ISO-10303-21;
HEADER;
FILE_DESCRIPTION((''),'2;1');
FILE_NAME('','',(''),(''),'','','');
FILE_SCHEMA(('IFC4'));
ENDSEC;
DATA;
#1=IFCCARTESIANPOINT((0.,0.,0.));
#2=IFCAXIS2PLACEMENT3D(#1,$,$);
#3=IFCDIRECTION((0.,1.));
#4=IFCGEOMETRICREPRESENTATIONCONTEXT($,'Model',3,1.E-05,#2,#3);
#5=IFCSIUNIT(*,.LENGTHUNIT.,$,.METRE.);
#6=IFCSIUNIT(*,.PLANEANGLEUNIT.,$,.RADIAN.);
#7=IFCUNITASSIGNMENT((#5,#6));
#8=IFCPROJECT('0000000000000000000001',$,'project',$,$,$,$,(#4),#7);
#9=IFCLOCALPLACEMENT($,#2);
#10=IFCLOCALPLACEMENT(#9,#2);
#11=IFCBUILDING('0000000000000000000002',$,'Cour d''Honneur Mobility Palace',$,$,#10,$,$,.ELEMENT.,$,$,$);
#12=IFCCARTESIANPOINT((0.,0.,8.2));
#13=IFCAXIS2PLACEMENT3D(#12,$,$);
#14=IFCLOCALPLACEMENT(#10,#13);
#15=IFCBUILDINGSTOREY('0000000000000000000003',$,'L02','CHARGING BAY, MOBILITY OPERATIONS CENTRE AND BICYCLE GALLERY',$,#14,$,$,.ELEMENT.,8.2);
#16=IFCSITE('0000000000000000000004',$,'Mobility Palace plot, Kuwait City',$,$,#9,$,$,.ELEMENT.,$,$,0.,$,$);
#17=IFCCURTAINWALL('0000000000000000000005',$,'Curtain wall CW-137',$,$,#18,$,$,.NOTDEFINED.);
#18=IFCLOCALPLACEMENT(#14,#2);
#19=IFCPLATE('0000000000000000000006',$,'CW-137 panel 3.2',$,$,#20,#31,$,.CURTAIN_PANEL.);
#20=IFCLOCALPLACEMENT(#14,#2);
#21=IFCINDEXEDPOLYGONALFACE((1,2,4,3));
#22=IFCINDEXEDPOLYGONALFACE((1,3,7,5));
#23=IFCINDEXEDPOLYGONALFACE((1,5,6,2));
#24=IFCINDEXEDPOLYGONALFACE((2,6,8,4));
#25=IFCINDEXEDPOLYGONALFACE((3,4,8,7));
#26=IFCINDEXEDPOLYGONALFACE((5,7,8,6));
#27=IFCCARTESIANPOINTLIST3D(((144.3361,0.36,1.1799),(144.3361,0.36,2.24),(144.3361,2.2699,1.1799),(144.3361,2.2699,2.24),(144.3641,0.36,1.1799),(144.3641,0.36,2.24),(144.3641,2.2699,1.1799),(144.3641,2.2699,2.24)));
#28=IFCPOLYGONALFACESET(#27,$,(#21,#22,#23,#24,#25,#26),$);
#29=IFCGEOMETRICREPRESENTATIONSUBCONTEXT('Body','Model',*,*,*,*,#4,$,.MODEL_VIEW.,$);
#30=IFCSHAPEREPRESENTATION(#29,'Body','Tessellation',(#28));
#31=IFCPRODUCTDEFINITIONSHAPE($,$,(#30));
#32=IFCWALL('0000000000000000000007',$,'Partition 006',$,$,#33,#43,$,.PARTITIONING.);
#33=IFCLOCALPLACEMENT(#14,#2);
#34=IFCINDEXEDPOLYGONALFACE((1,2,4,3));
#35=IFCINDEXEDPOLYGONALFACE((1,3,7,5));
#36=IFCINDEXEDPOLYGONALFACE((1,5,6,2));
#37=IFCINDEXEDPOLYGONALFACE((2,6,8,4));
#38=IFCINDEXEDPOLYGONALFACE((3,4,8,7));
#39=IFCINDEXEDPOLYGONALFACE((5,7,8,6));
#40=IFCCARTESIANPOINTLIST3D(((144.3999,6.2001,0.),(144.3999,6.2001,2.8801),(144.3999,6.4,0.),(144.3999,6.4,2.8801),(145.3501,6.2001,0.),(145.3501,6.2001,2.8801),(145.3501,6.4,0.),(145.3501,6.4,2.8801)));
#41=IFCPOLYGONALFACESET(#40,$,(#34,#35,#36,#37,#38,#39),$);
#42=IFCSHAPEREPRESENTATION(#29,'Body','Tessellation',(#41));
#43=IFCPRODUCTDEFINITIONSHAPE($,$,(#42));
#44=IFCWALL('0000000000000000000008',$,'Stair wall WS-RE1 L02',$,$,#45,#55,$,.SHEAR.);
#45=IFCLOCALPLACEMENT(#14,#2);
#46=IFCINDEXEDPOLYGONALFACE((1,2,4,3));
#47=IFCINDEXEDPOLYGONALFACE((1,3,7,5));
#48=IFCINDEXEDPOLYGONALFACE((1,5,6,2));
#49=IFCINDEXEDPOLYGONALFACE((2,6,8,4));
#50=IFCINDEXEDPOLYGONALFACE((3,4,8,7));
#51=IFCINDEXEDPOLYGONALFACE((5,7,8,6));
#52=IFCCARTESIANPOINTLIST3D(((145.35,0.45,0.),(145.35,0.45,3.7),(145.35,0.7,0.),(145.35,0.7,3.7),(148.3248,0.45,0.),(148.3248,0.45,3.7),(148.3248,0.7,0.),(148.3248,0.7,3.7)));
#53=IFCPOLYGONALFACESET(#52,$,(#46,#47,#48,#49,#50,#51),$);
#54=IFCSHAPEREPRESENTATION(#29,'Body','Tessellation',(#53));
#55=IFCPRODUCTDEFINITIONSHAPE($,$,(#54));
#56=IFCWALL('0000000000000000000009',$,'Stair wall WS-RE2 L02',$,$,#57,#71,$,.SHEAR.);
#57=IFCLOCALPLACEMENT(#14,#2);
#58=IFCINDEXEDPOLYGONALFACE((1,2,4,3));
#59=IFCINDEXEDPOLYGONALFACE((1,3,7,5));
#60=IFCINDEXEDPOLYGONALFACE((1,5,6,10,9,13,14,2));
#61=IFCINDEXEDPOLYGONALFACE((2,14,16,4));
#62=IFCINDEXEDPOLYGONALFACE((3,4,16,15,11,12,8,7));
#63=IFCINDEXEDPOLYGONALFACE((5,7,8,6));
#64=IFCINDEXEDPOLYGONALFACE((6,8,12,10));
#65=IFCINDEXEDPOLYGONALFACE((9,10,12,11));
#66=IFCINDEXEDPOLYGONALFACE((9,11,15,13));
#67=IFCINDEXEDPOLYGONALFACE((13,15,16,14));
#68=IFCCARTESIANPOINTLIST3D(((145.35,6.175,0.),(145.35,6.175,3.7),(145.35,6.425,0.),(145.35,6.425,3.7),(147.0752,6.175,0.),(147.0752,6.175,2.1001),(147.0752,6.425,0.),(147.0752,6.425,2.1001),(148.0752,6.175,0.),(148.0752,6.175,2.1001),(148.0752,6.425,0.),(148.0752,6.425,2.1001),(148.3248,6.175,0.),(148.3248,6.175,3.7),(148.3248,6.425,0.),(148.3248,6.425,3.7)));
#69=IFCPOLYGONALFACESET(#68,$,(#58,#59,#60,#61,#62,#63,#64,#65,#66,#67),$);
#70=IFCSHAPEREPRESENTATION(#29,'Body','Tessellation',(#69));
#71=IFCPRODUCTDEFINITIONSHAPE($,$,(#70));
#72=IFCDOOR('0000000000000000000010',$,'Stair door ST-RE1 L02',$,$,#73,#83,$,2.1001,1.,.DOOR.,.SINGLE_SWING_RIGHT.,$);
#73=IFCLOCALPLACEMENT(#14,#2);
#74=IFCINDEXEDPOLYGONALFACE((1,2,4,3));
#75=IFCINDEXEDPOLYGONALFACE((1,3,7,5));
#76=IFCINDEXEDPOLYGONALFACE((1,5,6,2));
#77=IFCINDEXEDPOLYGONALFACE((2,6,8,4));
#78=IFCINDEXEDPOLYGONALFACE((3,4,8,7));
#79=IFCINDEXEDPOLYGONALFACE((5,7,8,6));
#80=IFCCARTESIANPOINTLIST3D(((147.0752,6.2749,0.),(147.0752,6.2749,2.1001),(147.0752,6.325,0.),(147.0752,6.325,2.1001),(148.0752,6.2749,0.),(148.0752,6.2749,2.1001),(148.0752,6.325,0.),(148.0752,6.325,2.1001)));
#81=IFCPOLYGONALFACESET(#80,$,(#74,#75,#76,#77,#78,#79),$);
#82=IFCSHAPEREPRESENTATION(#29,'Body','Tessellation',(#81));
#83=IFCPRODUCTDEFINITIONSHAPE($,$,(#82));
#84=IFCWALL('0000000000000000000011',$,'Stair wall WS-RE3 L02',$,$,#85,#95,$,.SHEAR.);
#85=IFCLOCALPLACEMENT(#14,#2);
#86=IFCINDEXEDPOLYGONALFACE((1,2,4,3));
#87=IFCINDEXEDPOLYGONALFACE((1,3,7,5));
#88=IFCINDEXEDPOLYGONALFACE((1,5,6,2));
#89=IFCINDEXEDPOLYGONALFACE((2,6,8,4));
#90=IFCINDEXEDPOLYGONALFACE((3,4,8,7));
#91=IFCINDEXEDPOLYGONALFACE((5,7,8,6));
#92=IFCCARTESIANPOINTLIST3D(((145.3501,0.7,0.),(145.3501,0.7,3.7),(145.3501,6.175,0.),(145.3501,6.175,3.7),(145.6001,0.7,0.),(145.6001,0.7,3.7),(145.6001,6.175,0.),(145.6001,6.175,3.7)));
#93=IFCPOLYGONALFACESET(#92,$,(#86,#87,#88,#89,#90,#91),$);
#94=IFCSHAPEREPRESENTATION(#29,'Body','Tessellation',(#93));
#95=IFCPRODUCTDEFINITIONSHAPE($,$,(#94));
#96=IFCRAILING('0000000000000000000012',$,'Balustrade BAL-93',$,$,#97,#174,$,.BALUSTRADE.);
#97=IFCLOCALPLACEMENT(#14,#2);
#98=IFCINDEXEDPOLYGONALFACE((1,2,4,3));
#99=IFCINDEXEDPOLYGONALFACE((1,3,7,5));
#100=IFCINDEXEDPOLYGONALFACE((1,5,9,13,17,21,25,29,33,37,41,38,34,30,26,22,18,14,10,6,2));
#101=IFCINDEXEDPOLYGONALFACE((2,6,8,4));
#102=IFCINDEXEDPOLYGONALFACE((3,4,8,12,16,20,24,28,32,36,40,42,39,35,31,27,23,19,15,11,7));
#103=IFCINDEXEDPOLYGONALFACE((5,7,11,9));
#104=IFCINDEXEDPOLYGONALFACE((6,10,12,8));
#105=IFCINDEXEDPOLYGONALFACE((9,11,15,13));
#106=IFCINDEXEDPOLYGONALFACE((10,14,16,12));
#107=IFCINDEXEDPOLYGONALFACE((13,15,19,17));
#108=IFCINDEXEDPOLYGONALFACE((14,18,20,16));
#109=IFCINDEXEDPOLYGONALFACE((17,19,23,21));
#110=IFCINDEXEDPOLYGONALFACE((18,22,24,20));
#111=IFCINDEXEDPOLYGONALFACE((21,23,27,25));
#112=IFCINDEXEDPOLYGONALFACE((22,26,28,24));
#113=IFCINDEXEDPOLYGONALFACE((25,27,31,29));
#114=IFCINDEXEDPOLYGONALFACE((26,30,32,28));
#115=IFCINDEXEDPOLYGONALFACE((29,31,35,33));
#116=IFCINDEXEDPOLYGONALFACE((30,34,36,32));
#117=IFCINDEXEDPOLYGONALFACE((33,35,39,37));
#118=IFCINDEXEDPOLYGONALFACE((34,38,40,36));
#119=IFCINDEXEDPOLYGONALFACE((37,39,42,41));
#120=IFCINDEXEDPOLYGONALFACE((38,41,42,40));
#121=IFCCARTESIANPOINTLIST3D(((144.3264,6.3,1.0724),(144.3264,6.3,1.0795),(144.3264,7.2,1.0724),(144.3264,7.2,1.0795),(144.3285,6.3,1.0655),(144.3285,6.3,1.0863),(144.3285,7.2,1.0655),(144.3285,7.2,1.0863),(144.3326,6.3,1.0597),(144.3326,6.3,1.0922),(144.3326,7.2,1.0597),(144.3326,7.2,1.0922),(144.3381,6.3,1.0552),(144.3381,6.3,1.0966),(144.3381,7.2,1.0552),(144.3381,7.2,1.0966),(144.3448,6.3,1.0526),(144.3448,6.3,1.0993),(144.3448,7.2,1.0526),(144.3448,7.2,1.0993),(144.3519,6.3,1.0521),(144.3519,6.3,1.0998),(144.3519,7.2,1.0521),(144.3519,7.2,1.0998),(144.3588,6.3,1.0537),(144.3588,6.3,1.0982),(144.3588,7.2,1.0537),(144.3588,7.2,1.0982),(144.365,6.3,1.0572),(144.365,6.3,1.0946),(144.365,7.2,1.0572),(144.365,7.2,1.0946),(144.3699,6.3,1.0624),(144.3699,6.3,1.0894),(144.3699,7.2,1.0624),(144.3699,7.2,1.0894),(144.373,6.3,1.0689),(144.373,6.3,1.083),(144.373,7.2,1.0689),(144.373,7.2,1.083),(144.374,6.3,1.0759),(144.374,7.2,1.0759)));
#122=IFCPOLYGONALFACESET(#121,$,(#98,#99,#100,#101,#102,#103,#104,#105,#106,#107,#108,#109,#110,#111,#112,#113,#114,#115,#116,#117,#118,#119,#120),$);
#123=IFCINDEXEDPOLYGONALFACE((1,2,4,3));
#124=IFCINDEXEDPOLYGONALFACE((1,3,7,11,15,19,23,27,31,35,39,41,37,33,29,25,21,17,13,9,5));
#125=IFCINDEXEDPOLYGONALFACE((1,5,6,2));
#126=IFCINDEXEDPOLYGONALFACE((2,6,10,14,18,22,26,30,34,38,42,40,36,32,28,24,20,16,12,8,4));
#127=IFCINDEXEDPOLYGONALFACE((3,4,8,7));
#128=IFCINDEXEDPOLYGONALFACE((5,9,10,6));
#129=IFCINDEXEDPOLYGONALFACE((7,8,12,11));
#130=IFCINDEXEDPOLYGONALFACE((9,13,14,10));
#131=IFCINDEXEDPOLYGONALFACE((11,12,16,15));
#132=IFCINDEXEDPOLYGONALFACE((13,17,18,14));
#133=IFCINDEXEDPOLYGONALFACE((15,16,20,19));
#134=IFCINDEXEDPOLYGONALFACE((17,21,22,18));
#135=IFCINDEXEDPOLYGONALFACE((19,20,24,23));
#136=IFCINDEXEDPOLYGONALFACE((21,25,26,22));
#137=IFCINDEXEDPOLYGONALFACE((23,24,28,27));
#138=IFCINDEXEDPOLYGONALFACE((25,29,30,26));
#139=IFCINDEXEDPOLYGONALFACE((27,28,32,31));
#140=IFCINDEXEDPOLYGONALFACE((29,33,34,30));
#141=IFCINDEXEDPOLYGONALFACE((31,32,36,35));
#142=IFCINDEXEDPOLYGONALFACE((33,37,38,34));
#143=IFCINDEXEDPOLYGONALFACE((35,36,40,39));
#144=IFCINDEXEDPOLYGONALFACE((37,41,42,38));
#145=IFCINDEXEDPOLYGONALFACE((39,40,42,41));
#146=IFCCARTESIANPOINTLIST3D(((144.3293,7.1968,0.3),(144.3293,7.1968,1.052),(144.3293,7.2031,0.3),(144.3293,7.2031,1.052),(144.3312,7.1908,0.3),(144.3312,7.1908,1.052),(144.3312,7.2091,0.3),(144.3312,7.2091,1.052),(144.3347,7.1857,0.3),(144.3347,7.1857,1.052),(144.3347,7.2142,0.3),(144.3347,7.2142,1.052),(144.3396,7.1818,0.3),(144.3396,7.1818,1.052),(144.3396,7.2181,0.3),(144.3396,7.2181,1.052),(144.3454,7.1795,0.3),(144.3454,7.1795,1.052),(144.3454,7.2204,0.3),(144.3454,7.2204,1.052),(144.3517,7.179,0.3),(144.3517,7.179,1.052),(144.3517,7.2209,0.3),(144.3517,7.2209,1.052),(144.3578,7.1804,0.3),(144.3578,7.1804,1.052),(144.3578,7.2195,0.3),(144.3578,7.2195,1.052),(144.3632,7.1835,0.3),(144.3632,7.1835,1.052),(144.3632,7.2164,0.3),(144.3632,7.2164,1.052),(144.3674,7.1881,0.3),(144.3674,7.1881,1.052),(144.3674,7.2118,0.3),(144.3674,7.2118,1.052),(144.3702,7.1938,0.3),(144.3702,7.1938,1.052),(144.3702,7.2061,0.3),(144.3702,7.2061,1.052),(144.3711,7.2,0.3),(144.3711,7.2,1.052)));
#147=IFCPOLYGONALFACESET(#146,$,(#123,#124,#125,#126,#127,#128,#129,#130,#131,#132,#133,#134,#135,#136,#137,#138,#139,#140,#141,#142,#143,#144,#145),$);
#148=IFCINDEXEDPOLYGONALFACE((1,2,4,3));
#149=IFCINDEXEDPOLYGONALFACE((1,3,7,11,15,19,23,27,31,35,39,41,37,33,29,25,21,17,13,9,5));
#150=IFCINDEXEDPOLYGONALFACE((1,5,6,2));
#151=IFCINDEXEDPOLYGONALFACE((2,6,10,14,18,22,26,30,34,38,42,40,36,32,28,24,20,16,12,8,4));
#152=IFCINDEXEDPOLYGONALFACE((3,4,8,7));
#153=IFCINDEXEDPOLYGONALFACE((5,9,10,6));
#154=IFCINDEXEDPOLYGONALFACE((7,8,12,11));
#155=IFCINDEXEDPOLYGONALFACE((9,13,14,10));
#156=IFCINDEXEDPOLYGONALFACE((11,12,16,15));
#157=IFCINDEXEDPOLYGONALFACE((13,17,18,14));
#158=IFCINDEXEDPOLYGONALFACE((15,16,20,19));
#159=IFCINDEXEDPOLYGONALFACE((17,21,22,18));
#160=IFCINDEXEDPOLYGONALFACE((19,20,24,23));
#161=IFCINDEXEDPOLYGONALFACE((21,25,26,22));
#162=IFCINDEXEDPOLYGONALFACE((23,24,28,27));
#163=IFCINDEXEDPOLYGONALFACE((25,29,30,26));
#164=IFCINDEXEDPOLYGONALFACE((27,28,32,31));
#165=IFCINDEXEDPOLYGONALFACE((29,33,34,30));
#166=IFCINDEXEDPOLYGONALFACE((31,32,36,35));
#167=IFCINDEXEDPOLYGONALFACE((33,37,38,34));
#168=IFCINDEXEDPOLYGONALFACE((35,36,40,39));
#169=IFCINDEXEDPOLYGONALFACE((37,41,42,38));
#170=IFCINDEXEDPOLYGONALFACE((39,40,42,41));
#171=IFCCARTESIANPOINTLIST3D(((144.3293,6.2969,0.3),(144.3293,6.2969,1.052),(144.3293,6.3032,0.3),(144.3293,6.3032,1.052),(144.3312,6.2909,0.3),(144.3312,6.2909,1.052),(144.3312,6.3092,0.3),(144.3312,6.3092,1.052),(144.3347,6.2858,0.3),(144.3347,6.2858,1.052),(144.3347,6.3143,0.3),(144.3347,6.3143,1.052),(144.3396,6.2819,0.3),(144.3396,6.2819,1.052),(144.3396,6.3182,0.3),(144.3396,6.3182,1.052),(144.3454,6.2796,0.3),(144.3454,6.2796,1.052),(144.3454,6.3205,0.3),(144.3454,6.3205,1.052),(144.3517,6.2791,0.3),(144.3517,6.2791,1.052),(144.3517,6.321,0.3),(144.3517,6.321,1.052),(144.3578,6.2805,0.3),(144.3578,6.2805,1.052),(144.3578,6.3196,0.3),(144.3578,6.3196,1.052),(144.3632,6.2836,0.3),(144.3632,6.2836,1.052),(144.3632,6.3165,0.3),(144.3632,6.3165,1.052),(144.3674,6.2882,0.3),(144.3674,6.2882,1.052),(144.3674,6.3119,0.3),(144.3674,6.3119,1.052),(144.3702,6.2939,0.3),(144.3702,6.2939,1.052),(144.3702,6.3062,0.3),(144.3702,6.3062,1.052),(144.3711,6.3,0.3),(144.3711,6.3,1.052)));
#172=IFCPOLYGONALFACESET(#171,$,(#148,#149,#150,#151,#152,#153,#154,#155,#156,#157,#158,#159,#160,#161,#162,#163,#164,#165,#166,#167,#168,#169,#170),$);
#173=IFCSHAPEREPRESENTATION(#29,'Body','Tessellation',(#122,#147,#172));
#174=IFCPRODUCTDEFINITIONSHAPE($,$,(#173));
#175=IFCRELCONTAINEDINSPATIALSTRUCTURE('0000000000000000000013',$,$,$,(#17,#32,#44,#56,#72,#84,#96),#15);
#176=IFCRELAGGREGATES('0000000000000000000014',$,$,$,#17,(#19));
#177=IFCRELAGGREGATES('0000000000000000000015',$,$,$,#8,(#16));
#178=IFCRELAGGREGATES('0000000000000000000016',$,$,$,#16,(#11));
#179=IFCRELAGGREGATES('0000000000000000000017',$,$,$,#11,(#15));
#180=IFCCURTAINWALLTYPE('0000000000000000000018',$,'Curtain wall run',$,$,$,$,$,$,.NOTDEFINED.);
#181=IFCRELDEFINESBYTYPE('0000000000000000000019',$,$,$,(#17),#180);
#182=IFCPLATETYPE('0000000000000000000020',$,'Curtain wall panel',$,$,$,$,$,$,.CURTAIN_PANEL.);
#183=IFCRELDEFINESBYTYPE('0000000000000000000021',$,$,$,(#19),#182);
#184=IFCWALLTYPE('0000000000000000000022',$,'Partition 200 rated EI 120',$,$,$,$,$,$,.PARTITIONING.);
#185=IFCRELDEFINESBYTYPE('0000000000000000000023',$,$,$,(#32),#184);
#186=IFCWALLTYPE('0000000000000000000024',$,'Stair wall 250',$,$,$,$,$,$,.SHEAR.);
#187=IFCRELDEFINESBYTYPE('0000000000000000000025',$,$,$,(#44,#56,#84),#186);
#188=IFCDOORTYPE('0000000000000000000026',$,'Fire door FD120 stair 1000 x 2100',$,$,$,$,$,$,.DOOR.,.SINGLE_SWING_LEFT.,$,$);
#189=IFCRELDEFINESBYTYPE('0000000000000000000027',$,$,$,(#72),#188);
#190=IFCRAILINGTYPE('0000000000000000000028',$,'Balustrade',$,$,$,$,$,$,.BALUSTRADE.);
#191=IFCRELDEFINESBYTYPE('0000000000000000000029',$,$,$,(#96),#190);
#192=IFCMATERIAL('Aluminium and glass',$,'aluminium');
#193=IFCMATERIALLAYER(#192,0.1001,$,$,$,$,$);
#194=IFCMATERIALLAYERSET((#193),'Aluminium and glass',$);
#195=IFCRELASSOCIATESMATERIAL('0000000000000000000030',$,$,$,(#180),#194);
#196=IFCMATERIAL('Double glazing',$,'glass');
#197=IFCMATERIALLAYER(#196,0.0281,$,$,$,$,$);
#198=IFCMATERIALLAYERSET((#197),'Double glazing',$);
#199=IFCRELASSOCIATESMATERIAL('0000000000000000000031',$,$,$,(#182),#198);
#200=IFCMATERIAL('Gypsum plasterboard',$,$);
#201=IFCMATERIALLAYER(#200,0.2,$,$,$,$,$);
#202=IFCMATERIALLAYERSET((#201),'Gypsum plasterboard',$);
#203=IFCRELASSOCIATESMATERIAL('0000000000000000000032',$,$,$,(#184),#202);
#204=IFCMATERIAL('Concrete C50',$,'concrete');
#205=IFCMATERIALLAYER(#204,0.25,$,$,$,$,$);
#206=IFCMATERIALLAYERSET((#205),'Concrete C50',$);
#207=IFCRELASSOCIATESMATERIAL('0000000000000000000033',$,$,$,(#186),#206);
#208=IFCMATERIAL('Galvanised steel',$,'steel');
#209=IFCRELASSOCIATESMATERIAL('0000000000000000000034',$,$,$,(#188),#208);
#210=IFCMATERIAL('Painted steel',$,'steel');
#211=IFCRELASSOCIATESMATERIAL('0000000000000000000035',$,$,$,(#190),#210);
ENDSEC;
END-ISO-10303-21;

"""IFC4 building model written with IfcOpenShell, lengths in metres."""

from ifc_helpers import new_model, si_unit, direction, frame, frame_2d, origin, origin_2d, place, context, subcontext, project, spatial, rectangle, circle, extrude, material, layer, layer_set, type_object, element, fill, aggregate, save


model = new_model("IFC4")

# Units and contexts
model_context = context("Model", 3, precision=1e-05, world=origin(), true_north=direction((0.0, 1.0)))
body_context = subcontext(model_context, "Body", "Model", "MODEL_VIEW")
ifc_project = project(units=[si_unit("LENGTHUNIT", "METRE"), si_unit("PLANEANGLEUNIT", "RADIAN")], contexts=[model_context])

# Site, building, storey
site_placement = place(None, origin())
site = spatial("IfcSite", under=ifc_project, at=site_placement, Name="Mobility Palace plot, Kuwait City", CompositionType="ELEMENT", RefElevation=0.0)
building_placement = place(site_placement, origin())
building = spatial("IfcBuilding", under=site, at=building_placement, Name="Cour d'Honneur Mobility Palace", CompositionType="ELEMENT")
storey_placement = place(building_placement, frame((0.0, 0.0, 8.2)))
storey = spatial("IfcBuildingStorey", under=building, at=storey_placement, Name="L02", Description="CHARGING BAY, MOBILITY OPERATIONS CENTRE AND BICYCLE GALLERY", CompositionType="ELEMENT", Elevation=8.2)

# Curtain wall
ifc_material_1 = material(Name="Aluminium and glass", Category="aluminium")
ifc_layer_1 = layer(ifc_material_1, 0.1001)
ifc_layer_set_1 = layer_set([ifc_layer_1], Name="Aluminium and glass")
curtain_wall_type = type_object("IfcCurtainWallType", Name="Curtain wall run", PredefinedType="NOTDEFINED", material=ifc_layer_set_1)
curtain_wall_1_placement = place(storey_placement, origin())
curtain_wall_1 = element("IfcCurtainWall", 1, at=curtain_wall_1_placement, inside=storey, type_object=curtain_wall_type, Name="Curtain wall CW-137", PredefinedType="NOTDEFINED")

# Plate
ifc_material_2 = material(Name="Double glazing", Category="glass")
ifc_layer_2 = layer(ifc_material_2, 0.0281)
ifc_layer_set_2 = layer_set([ifc_layer_2], Name="Double glazing")
plate_type = type_object("IfcPlateType", Name="Curtain wall panel", PredefinedType="CURTAIN_PANEL", material=ifc_layer_set_2)
plate_1_placement = place(storey_placement, frame((144.3501, 1.3149, 1.1799), z_axis=(0.0, 0.0, 1.0), x_axis=(0.0, -1.0, 0.0)))
plate_1 = element("IfcPlate", 2, at=plate_1_placement, type_object=plate_type, Name="CW-137 panel 3.2", PredefinedType="CURTAIN_PANEL", context=body_context, shape_type="SweptSolid", body=[
    extrude(rectangle(XDim=1.9099, YDim=0.0281, at=origin_2d()), origin(), (0.0, 0.0, 1.0), 1.0601),
])
aggregate(curtain_wall_1, [plate_1])

# Walls
ifc_material_3 = material(Name="Gypsum plasterboard")
ifc_layer_3 = layer(ifc_material_3, 0.2)
ifc_layer_set_3 = layer_set([ifc_layer_3], Name="Gypsum plasterboard")
wall_type_1 = type_object("IfcWallType", Name="Partition 200 rated EI 120", PredefinedType="PARTITIONING", material=ifc_layer_set_3)
wall_1_placement = place(storey_placement, frame((144.3999, 6.3, 0.0), z_axis=(0.0, 0.0, 1.0), x_axis=(1.0, 0.0, 0.0)))
element("IfcWall", 3, at=wall_1_placement, inside=storey, type_object=wall_type_1, Name="Partition 006", PredefinedType="PARTITIONING", context=body_context, shape_type="SweptSolid", body=[
    extrude(rectangle(XDim=0.9502, YDim=0.2, at=frame_2d((0.4751, 0.0))), origin(), (0.0, 0.0, 1.0), 2.8801),
])
ifc_material_4 = material(Name="Concrete C50", Category="concrete")
ifc_layer_4 = layer(ifc_material_4, 0.25)
ifc_layer_set_4 = layer_set([ifc_layer_4], Name="Concrete C50")
wall_type_2 = type_object("IfcWallType", Name="Stair wall 250", PredefinedType="SHEAR", material=ifc_layer_set_4)
wall_2_placement = place(storey_placement, frame((145.3501, 0.575, 0.0), z_axis=(0.0, 0.0, 1.0), x_axis=(1.0, 0.0, 0.0)))
element("IfcWall", 4, at=wall_2_placement, inside=storey, type_object=wall_type_2, Name="Stair wall WS-RE1 L02", PredefinedType="SHEAR", context=body_context, shape_type="SweptSolid", body=[
    extrude(rectangle(XDim=2.9749, YDim=0.25, at=frame_2d((1.4873, 0.0))), origin(), (0.0, 0.0, 1.0), 3.7),
])

# Wall, opening, door
wall_3_placement = place(storey_placement, frame((145.3501, 6.3, 0.0), z_axis=(0.0, 0.0, 1.0), x_axis=(1.0, 0.0, 0.0)))
wall_3 = element("IfcWall", 5, at=wall_3_placement, inside=storey, type_object=wall_type_2, Name="Stair wall WS-RE2 L02", PredefinedType="SHEAR", context=body_context, shape_type="SweptSolid", body=[
    extrude(rectangle(XDim=2.9749, YDim=0.25, at=frame_2d((1.4873, 0.0))), origin(), (0.0, 0.0, 1.0), 3.7),
])
opening_placement = place(wall_3_placement, frame((1.7251, 0.0, 0.0)))
opening = element("IfcOpeningElement", 6, at=opening_placement, cuts=wall_3, PredefinedType="OPENING", context=body_context, shape_type="SweptSolid", body=[
    extrude(rectangle(XDim=1.0, YDim=2.1001, at=frame_2d((0.5, 1.05))), frame((0.0, 0.135, 0.0), z_axis=(0.0, -1.0, 0.0), x_axis=(1.0, 0.0, 0.0)), (0.0, 0.0, 1.0), 0.27),
])
ifc_material_5 = material(Name="Galvanised steel", Category="steel")
door_type = type_object("IfcDoorType", Name="Fire door FD120 stair 1000 x 2100", OperationType="SINGLE_SWING_LEFT", PredefinedType="DOOR", material=ifc_material_5)
door_placement = place(opening_placement, origin())
door = element("IfcDoor", 7, at=door_placement, inside=storey, type_object=door_type, Name="Stair door ST-RE1 L02", OperationType="SINGLE_SWING_RIGHT", OverallHeight=2.1001, OverallWidth=1.0, PredefinedType="DOOR", context=body_context, shape_type="SweptSolid", body=[
    extrude(rectangle(XDim=1.0, YDim=2.1001, at=frame_2d((0.5, 1.05))), frame((0.0, 0.0249, 0.0), z_axis=(0.0, -1.0, 0.0), x_axis=(1.0, 0.0, 0.0)), (0.0, 0.0, 1.0), 0.05),
])
fill(opening, door)

# Wall
wall_4_placement = place(storey_placement, frame((145.4751, 0.7, 0.0), z_axis=(0.0, 0.0, 1.0), x_axis=(0.0, 1.0, 0.0)))
element("IfcWall", 8, at=wall_4_placement, inside=storey, type_object=wall_type_2, Name="Stair wall WS-RE3 L02", PredefinedType="SHEAR", context=body_context, shape_type="SweptSolid", body=[
    extrude(rectangle(XDim=5.4751, YDim=0.25, at=frame_2d((2.7375, 0.0))), origin(), (0.0, 0.0, 1.0), 3.7),
])

# Railing
ifc_material_6 = material(Name="Painted steel", Category="steel")
railing_type = type_object("IfcRailingType", Name="Balustrade", PredefinedType="BALUSTRADE", material=ifc_material_6)
railing_placement = place(storey_placement, frame((144.3501, 7.2, 0.3)))
element("IfcRailing", 9, at=railing_placement, inside=storey, type_object=railing_type, Name="Balustrade BAL-93", PredefinedType="BALUSTRADE", context=body_context, shape_type="SweptSolid", body=[
    extrude(circle(Radius=0.0239, at=origin_2d()), frame((0.0, 0.0, 0.7759), z_axis=(0.0, -1.0, 0.0), x_axis=(1.0, 0.0, 0.0)), (0.0, 0.0, 1.0), 0.8999),
    extrude(circle(Radius=0.021, at=origin_2d()), origin(), (0.0, 0.0, 1.0), 0.752),
    extrude(circle(Radius=0.021, at=origin_2d()), frame((0.0, -0.8999, 0.0)), (0.0, 0.0, 1.0), 0.752),
])

save(model, "model.ifc")
